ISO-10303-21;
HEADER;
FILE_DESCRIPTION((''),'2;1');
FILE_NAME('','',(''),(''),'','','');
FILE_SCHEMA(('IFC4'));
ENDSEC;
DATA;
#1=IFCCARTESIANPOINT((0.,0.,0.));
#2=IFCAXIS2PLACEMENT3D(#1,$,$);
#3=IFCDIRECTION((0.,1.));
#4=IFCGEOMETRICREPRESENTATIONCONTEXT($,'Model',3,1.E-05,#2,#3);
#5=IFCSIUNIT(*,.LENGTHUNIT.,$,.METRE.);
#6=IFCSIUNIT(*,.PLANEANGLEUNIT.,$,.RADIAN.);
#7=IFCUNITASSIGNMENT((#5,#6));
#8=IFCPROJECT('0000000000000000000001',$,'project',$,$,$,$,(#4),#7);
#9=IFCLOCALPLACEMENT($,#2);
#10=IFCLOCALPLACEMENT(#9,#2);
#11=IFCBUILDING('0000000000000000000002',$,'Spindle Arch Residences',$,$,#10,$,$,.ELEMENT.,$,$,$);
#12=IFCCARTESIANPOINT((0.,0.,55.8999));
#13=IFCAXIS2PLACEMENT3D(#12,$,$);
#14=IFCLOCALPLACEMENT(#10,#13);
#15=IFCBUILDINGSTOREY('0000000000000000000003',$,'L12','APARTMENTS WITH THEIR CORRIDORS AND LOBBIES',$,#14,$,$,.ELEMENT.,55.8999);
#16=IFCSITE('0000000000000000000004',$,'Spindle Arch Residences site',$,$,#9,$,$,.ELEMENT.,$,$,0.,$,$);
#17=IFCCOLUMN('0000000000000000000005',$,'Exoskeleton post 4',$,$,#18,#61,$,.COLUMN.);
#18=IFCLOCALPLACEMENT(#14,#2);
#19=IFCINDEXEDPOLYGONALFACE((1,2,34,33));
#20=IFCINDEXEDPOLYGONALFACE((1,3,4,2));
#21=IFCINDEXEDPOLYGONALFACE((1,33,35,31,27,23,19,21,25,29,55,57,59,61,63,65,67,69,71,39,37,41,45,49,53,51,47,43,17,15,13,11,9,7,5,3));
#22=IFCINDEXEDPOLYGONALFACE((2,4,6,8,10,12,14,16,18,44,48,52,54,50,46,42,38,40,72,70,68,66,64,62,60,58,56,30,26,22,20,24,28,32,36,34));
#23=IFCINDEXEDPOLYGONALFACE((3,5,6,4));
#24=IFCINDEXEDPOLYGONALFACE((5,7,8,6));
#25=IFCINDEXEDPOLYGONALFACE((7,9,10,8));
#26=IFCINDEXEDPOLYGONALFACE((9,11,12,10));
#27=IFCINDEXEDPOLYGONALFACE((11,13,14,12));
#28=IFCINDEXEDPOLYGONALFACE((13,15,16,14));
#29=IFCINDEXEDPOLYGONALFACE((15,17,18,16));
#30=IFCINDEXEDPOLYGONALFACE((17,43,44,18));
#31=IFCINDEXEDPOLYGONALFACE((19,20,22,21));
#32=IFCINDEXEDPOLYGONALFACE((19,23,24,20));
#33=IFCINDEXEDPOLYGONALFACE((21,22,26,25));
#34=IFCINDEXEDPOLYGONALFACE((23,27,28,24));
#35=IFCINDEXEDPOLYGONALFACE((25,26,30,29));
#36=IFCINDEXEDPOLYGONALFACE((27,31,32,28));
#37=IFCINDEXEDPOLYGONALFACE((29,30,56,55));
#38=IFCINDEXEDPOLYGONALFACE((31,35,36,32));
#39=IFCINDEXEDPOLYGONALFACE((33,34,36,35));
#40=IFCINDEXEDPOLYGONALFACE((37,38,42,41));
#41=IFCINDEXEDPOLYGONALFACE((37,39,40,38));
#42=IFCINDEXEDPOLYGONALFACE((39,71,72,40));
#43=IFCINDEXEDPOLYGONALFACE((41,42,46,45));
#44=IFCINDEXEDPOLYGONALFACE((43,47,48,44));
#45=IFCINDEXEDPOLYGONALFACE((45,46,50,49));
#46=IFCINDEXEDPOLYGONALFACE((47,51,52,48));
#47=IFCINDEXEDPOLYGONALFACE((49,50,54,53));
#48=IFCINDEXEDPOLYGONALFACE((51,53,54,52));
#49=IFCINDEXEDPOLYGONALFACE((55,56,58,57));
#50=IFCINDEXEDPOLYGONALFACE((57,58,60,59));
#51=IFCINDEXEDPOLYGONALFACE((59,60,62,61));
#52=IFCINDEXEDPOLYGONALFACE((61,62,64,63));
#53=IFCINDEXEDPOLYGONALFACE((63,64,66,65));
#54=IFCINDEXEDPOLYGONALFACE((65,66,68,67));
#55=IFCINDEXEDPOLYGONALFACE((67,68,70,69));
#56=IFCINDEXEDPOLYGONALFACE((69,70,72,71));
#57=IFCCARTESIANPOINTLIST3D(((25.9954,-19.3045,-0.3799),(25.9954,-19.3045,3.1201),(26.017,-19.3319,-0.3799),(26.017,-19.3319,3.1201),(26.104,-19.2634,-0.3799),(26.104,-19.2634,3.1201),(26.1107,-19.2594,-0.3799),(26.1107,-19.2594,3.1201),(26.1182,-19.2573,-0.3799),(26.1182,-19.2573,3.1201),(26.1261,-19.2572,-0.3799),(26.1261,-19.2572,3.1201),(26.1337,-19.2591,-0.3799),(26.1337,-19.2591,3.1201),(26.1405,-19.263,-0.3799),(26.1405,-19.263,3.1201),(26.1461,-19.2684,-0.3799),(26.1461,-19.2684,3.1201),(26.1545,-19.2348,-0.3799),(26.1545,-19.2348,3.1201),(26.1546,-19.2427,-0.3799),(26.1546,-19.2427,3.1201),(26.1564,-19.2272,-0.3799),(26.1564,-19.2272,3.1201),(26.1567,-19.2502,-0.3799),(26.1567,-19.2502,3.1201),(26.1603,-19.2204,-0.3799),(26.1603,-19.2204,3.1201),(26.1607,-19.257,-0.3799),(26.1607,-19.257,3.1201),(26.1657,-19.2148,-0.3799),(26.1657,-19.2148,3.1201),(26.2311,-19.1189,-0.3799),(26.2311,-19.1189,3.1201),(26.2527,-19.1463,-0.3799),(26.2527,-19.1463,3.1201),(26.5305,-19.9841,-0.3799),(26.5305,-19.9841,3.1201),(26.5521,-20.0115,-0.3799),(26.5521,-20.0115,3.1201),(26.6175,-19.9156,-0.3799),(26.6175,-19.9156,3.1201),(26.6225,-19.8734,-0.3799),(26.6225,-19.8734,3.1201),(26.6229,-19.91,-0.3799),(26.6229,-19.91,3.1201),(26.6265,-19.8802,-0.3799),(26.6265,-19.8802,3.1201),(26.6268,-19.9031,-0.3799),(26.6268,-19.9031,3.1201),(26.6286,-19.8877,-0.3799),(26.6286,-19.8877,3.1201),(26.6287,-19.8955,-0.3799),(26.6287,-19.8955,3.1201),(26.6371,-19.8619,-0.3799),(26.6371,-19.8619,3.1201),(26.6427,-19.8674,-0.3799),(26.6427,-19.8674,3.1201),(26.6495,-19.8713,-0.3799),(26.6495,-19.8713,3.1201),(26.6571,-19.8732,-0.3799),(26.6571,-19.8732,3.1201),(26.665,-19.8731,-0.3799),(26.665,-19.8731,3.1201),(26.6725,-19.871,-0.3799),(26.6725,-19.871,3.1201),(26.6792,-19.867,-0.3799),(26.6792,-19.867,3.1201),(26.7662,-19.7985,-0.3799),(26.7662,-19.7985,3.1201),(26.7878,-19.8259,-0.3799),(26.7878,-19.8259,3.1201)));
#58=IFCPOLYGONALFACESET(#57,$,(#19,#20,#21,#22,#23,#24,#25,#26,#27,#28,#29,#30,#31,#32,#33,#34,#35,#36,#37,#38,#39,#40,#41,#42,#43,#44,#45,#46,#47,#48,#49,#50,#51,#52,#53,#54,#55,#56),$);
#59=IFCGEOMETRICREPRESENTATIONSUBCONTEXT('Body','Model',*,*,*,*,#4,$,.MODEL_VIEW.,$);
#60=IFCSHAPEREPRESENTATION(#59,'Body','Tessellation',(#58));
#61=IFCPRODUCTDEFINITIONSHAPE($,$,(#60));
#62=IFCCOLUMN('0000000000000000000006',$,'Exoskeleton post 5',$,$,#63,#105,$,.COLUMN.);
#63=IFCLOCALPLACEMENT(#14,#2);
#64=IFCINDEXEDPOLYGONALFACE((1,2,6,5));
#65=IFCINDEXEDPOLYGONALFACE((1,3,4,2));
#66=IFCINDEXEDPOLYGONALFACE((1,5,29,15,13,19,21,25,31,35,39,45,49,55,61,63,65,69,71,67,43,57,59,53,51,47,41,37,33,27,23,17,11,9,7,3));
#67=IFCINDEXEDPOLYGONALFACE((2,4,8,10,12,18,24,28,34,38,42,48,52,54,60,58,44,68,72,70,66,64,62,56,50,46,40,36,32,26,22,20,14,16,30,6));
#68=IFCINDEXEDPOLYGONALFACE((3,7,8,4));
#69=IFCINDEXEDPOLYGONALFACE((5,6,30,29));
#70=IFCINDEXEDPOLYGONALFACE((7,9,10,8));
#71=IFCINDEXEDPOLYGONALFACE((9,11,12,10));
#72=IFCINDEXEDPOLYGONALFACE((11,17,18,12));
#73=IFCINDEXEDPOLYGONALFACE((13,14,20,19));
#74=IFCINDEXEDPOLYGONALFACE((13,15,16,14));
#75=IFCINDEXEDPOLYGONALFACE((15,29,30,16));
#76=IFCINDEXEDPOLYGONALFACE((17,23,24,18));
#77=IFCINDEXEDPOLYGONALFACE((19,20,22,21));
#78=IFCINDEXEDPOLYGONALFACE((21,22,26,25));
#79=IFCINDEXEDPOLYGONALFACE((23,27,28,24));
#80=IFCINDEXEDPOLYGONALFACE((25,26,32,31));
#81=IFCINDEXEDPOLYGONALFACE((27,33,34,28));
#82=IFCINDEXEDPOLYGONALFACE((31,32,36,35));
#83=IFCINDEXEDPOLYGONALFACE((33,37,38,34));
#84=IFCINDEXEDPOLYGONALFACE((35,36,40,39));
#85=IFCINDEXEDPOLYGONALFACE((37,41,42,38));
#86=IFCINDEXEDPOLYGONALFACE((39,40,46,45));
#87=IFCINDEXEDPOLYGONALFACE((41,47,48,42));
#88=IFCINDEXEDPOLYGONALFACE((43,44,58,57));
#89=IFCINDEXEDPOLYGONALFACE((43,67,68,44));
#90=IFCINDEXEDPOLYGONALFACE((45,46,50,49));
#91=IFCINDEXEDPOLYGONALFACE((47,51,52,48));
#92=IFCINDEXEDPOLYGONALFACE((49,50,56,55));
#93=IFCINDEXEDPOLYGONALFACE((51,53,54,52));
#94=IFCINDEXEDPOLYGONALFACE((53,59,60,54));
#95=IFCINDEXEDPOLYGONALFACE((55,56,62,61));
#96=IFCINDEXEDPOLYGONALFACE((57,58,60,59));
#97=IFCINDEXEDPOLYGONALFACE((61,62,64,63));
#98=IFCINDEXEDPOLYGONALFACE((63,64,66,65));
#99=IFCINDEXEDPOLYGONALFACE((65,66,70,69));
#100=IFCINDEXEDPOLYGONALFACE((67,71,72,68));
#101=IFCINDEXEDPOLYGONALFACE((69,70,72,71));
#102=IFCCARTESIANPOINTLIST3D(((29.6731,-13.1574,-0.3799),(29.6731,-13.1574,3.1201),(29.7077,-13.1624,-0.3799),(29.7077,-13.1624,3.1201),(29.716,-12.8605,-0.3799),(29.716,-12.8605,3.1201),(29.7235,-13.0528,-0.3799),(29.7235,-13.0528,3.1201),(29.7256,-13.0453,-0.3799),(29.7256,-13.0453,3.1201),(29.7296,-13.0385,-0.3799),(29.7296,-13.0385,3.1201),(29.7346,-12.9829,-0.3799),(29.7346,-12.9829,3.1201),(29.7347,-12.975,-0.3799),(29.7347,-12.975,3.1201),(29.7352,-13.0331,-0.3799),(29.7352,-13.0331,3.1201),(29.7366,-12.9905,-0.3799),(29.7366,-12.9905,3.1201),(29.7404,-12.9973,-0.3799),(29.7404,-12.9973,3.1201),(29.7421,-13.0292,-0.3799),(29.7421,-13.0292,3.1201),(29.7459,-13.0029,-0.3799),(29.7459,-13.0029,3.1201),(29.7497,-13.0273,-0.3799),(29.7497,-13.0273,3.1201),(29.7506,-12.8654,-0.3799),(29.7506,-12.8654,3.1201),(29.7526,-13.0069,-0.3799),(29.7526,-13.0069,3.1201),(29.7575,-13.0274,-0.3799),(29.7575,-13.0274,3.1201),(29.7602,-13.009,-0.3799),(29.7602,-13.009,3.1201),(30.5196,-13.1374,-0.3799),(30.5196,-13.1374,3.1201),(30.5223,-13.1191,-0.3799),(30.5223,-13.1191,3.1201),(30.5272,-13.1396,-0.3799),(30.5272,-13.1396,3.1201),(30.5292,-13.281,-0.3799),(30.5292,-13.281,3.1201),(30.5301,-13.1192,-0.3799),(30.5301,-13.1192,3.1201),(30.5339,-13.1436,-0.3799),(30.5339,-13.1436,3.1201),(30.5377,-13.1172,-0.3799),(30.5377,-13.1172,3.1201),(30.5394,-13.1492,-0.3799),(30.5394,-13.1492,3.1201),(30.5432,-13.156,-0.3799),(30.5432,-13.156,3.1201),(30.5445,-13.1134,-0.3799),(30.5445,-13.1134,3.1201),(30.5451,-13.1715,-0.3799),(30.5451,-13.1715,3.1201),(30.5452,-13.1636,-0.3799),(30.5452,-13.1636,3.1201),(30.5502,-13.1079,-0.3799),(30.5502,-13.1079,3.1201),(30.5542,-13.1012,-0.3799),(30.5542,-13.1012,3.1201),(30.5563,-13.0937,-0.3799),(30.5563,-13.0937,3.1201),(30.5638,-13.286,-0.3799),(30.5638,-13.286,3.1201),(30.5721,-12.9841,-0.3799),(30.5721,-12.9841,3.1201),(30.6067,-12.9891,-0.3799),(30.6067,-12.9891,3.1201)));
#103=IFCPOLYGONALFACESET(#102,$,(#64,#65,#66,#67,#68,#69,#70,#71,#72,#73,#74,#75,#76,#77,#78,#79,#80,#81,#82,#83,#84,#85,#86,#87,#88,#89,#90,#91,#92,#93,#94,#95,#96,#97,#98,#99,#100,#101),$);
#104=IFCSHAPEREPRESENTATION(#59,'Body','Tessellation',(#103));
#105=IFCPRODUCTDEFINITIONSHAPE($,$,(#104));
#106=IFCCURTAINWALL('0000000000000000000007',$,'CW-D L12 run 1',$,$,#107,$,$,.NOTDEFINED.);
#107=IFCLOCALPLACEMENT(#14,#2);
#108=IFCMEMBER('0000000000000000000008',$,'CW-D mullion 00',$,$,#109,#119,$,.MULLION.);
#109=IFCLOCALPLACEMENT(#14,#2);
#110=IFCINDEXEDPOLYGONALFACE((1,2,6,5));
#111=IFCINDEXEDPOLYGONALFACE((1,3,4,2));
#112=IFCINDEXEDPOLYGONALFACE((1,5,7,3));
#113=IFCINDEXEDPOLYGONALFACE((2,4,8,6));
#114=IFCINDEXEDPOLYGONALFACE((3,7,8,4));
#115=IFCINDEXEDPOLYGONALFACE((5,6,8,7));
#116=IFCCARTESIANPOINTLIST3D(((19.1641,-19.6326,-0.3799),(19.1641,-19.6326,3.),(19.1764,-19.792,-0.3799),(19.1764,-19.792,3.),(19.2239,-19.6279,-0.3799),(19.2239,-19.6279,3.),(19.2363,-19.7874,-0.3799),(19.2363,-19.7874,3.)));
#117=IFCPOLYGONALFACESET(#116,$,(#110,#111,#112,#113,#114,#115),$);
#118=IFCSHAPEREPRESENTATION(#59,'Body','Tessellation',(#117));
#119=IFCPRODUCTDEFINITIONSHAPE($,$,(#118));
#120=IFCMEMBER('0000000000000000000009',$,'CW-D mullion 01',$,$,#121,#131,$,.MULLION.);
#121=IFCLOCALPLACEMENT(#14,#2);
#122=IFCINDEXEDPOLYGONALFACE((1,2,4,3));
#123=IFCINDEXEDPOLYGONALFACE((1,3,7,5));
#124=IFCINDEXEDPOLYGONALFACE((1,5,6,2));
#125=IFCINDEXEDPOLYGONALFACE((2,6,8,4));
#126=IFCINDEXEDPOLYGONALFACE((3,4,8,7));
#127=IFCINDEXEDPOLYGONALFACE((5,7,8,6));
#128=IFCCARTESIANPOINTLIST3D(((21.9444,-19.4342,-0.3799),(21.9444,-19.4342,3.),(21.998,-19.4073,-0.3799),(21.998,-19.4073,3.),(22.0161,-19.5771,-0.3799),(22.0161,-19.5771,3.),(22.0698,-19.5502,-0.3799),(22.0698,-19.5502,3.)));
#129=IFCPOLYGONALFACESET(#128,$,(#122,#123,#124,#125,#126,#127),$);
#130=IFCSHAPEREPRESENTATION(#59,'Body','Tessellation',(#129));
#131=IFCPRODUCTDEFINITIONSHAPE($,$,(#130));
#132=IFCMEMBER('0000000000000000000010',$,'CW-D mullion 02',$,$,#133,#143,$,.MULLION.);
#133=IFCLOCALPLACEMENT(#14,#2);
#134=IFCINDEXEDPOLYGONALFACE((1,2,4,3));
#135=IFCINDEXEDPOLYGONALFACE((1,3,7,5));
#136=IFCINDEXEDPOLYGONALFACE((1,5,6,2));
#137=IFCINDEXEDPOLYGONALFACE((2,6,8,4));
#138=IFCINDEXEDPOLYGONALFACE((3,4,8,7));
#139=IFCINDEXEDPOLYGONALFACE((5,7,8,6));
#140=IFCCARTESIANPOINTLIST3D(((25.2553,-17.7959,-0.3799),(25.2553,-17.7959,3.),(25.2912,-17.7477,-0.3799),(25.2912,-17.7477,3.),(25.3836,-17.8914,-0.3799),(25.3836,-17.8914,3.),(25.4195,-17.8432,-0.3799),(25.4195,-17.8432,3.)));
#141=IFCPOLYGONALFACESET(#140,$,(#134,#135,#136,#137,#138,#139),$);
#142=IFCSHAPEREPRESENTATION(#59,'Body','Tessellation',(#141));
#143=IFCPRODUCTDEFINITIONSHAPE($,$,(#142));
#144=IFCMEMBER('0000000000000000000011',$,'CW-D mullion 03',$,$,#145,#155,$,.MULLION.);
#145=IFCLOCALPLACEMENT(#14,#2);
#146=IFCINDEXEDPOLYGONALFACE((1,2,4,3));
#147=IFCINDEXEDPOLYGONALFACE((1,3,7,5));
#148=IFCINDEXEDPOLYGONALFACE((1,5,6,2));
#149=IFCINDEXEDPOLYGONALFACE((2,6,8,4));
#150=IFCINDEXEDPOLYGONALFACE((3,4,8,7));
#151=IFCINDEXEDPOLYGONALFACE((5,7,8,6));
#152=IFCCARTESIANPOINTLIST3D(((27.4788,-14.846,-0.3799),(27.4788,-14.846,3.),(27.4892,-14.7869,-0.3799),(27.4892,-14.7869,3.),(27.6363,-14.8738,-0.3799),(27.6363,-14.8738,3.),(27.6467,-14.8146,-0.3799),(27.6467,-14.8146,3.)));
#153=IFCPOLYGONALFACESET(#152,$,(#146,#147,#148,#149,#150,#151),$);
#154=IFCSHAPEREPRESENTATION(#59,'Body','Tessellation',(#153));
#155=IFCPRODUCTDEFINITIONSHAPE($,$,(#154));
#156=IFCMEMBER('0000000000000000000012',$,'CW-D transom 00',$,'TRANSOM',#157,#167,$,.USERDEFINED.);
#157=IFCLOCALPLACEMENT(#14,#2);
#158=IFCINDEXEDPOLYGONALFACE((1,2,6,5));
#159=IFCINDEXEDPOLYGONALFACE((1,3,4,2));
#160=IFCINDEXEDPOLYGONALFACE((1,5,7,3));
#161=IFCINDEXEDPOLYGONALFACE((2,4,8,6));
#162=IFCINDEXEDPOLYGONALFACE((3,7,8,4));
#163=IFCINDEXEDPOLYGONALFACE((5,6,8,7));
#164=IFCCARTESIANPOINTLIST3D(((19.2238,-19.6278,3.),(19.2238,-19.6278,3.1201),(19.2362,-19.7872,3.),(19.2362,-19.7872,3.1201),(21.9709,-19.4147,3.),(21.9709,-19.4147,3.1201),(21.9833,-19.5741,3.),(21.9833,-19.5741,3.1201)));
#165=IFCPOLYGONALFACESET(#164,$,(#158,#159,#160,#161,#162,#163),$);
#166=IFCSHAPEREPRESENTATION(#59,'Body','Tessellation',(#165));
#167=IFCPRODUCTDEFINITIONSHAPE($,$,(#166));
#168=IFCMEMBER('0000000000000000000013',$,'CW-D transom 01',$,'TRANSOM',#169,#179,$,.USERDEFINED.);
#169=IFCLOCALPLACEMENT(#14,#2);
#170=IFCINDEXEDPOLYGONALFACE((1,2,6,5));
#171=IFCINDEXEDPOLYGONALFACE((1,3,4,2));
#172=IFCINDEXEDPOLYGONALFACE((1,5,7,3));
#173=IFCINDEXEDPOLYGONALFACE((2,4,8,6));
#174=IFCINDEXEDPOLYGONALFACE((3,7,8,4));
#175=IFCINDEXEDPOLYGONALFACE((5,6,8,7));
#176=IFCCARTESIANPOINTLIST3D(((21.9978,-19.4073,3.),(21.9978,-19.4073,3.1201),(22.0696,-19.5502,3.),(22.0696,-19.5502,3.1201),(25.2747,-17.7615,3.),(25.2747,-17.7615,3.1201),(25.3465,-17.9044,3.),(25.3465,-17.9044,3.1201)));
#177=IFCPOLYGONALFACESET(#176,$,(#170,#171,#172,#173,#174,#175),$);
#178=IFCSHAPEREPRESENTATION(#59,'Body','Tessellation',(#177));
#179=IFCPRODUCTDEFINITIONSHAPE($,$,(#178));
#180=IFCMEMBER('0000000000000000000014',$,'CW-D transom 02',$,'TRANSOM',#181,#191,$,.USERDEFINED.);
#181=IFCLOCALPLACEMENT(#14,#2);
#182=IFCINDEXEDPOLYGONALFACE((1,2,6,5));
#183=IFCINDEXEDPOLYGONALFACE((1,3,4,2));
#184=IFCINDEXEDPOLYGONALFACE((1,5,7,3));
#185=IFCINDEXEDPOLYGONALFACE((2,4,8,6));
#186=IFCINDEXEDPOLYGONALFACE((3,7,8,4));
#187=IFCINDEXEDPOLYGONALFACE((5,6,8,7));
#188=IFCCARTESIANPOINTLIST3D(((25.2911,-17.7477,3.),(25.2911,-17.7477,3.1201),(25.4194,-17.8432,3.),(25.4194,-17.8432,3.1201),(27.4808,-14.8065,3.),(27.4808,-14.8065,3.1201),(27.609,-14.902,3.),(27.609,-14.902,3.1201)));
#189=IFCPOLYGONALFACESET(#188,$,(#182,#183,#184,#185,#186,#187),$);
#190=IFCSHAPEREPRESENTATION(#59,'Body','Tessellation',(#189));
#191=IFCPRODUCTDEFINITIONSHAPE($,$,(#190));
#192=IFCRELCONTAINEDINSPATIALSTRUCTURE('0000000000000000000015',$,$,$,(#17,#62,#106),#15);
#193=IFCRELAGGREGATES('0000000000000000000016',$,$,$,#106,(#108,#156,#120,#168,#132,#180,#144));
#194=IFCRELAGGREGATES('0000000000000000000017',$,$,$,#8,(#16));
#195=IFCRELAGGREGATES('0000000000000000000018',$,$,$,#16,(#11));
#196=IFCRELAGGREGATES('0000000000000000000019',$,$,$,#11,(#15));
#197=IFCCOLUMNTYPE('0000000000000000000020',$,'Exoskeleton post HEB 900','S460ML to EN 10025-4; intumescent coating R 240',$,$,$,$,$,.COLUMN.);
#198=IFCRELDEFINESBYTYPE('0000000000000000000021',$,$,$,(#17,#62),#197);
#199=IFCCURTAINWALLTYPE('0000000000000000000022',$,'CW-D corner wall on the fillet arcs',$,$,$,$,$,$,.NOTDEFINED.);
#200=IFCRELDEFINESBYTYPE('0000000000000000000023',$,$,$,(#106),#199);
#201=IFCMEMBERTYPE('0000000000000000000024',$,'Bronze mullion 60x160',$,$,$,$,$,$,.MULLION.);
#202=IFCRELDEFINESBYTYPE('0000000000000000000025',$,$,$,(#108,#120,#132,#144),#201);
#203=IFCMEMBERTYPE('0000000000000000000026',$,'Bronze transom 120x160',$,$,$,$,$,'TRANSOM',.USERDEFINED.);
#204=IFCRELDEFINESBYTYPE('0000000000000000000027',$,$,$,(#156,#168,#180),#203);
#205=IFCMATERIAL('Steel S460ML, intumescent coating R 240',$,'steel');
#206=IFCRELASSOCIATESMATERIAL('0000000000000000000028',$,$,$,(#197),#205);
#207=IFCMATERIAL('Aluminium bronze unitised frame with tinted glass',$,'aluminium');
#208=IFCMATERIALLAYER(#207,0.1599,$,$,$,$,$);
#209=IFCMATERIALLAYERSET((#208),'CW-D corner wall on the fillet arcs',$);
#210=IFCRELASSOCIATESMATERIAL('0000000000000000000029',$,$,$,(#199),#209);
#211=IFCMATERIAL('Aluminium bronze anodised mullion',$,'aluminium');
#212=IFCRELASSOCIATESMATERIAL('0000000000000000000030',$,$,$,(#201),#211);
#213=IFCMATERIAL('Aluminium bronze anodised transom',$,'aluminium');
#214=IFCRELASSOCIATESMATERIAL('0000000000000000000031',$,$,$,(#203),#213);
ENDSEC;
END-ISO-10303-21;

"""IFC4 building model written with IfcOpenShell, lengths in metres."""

from ifc_helpers import new_model, si_unit, direction, frame, origin, origin_2d, place, context, subcontext, project, spatial, rectangle, i_section, extrude, material, layer, layer_set, material_profile, profile_set, type_object, element, aggregate, save


model = new_model("IFC4")

# Units and contexts
model_context = context("Model", 3, precision=1e-05, world=origin(), true_north=direction((0.0, 1.0)))
body_context = subcontext(model_context, "Body", "Model", "MODEL_VIEW")
ifc_project = project(units=[si_unit("LENGTHUNIT", "METRE"), si_unit("PLANEANGLEUNIT", "RADIAN")], contexts=[model_context])

# Site, building, storey
site_placement = place(None, origin())
site = spatial("IfcSite", under=ifc_project, at=site_placement, Name="Spindle Arch Residences site", CompositionType="ELEMENT", RefElevation=0.0)
building_placement = place(site_placement, origin())
building = spatial("IfcBuilding", under=site, at=building_placement, Name="Spindle Arch Residences", CompositionType="ELEMENT")
storey_placement = place(building_placement, frame((0.0, 0.0, 55.8999)))
storey = spatial("IfcBuildingStorey", under=building, at=storey_placement, Name="L12", Description="APARTMENTS WITH THEIR CORRIDORS AND LOBBIES", CompositionType="ELEMENT", Elevation=55.8999)

# Columns
ifc_material_1 = material(Name="Steel S460ML, intumescent coating R 240", Category="steel")
ifc_material_profile_1 = material_profile(ifc_material_1, i_section(OverallWidth=0.3, OverallDepth=0.8999, WebThickness=0.0186, FlangeThickness=0.0349, FilletRadius=0.03, at=origin_2d()), Name="HEB 900")
ifc_profile_set_1 = profile_set([ifc_material_profile_1], Name="Steel S460ML, intumescent coating R 240")
column_type = type_object("IfcColumnType", Name="Exoskeleton post HEB 900", Description="S460ML to EN 10025-4; intumescent coating R 240", PredefinedType="COLUMN", material=ifc_profile_set_1)
for number, where, z_axis, x_axis, name in (
    (1, (26.3916, -19.5652, -0.3799), (0.0, 0.0, 1.0), (-0.785684, -0.618629, 0.0), "Exoskeleton post 4"),
    (2, (30.1399, -13.0732, -0.3799), (0.0, 0.0, 1.0), (-0.142906, -0.989736, 0.0), "Exoskeleton post 5"),
):
    element("IfcColumn", number, at=place(storey_placement, frame(where, z_axis=z_axis, x_axis=x_axis)), inside=storey, type_object=column_type, Name=name, PredefinedType="COLUMN", context=body_context, shape_type="SweptSolid", body=[
        extrude(i_section(OverallWidth=0.3, OverallDepth=0.8999, WebThickness=0.0186, FlangeThickness=0.0349, FilletRadius=0.03, at=origin_2d()), origin(), (0.0, 0.0, 1.0), 3.5),
    ])

# Curtain wall, members
ifc_material_2 = material(Name="Aluminium bronze unitised frame with tinted glass", Category="aluminium")
ifc_layer_1 = layer(ifc_material_2, 0.1599)
ifc_layer_set_1 = layer_set([ifc_layer_1], Name="CW-D corner wall on the fillet arcs")
curtain_wall_type = type_object("IfcCurtainWallType", Name="CW-D corner wall on the fillet arcs", PredefinedType="NOTDEFINED", material=ifc_layer_set_1)
curtain_wall_placement = place(storey_placement, origin())
curtain_wall = element("IfcCurtainWall", 3, at=curtain_wall_placement, inside=storey, type_object=curtain_wall_type, Name="CW-D L12 run 1", PredefinedType="NOTDEFINED")
ifc_material_3 = material(Name="Aluminium bronze anodised mullion", Category="aluminium")
ifc_material_profile_2 = material_profile(ifc_material_3, rectangle(XDim=0.1599, YDim=0.0601, at=origin_2d()), Name="MU 60x160")
ifc_profile_set_2 = profile_set([ifc_material_profile_2], Name="Aluminium bronze anodised mullion")
member_type_1 = type_object("IfcMemberType", Name="Bronze mullion 60x160", PredefinedType="MULLION", material=ifc_profile_set_2)
member_1_placement = place(storey_placement, frame((19.2002, -19.71, -0.3799), z_axis=(0.0, 0.0, 1.0), x_axis=(-0.077364, 0.997003, 0.0)))
member_1 = element("IfcMember", 4, at=member_1_placement, type_object=member_type_1, Name="CW-D mullion 00", PredefinedType="MULLION", context=body_context, shape_type="SweptSolid", body=[
    extrude(rectangle(XDim=0.1599, YDim=0.0601, at=origin_2d()), origin(), (0.0, 0.0, 1.0), 3.3799),
])
member_2_placement = place(storey_placement, frame((22.0071, -19.4922, -0.3799), z_axis=(0.0, 0.0, 1.0), x_axis=(-0.448799, 0.893633, 0.0)))
member_2 = element("IfcMember", 5, at=member_2_placement, type_object=member_type_1, Name="CW-D mullion 01", PredefinedType="MULLION", context=body_context, shape_type="SweptSolid", body=[
    extrude(rectangle(XDim=0.1599, YDim=0.0601, at=origin_2d()), origin(), (0.0, 0.0, 1.0), 3.3799),
])
member_3_placement = place(storey_placement, frame((25.3374, -17.8196, -0.3799), z_axis=(0.0, 0.0, 1.0), x_axis=(-0.802123, 0.597159, 0.0)))
member_3 = element("IfcMember", 6, at=member_3_placement, type_object=member_type_1, Name="CW-D mullion 02", PredefinedType="MULLION", context=body_context, shape_type="SweptSolid", body=[
    extrude(rectangle(XDim=0.1599, YDim=0.0601, at=origin_2d()), origin(), (0.0, 0.0, 1.0), 3.3799),
])
member_4_placement = place(storey_placement, frame((27.5627, -14.8303, -0.3799), z_axis=(0.0, 0.0, 1.0), x_axis=(-0.984808, 0.173648, 0.0)))
member_4 = element("IfcMember", 7, at=member_4_placement, type_object=member_type_1, Name="CW-D mullion 03", PredefinedType="MULLION", context=body_context, shape_type="SweptSolid", body=[
    extrude(rectangle(XDim=0.1599, YDim=0.0601, at=origin_2d()), origin(), (0.0, 0.0, 1.0), 3.3799),
])
ifc_material_4 = material(Name="Aluminium bronze anodised transom", Category="aluminium")
ifc_material_profile_3 = material_profile(ifc_material_4, rectangle(XDim=0.1599, YDim=0.1201, at=origin_2d()), Name="TR 120x160")
ifc_profile_set_3 = profile_set([ifc_material_profile_3], Name="Aluminium bronze anodised transom")
member_type_2 = type_object("IfcMemberType", Name="Bronze transom 120x160", ElementType="TRANSOM", PredefinedType="USERDEFINED", material=ifc_profile_set_3)
member_5_placement = place(storey_placement, frame((19.23, -19.7075, 3.0601), z_axis=(0.997004, 0.077354, 0.0), x_axis=(-0.077354, 0.997004, 0.0)))
member_5 = element("IfcMember", 8, at=member_5_placement, type_object=member_type_2, Name="CW-D transom 00", ObjectType="TRANSOM", PredefinedType="USERDEFINED", context=body_context, shape_type="SweptSolid", body=[
    extrude(rectangle(XDim=0.1599, YDim=0.1201, at=origin_2d()), origin(), (0.0, 0.0, 1.0), 2.7554),
])
member_6_placement = place(storey_placement, frame((22.0337, -19.4788, 3.0601), z_axis=(0.893627, 0.448811, 0.0), x_axis=(-0.448811, 0.893627, 0.0)))
member_6 = element("IfcMember", 9, at=member_6_placement, type_object=member_type_2, Name="CW-D transom 01", ObjectType="TRANSOM", PredefinedType="USERDEFINED", context=body_context, shape_type="SweptSolid", body=[
    extrude(rectangle(XDim=0.1599, YDim=0.1201, at=origin_2d()), origin(), (0.0, 0.0, 1.0), 3.667),
])
member_7_placement = place(storey_placement, frame((25.3552, -17.7954, 3.0601), z_axis=(0.597173, 0.802112, 0.0), x_axis=(-0.802112, 0.597173, 0.0)))
member_7 = element("IfcMember", 10, at=member_7_placement, type_object=member_type_2, Name="CW-D transom 02", ObjectType="TRANSOM", PredefinedType="USERDEFINED", context=body_context, shape_type="SweptSolid", body=[
    extrude(rectangle(XDim=0.1599, YDim=0.1201, at=origin_2d()), origin(), (0.0, 0.0, 1.0), 3.6667),
])

aggregate(curtain_wall, [member_1, member_5, member_2, member_6, member_3, member_7, member_4])

save(model, "model.ifc")
